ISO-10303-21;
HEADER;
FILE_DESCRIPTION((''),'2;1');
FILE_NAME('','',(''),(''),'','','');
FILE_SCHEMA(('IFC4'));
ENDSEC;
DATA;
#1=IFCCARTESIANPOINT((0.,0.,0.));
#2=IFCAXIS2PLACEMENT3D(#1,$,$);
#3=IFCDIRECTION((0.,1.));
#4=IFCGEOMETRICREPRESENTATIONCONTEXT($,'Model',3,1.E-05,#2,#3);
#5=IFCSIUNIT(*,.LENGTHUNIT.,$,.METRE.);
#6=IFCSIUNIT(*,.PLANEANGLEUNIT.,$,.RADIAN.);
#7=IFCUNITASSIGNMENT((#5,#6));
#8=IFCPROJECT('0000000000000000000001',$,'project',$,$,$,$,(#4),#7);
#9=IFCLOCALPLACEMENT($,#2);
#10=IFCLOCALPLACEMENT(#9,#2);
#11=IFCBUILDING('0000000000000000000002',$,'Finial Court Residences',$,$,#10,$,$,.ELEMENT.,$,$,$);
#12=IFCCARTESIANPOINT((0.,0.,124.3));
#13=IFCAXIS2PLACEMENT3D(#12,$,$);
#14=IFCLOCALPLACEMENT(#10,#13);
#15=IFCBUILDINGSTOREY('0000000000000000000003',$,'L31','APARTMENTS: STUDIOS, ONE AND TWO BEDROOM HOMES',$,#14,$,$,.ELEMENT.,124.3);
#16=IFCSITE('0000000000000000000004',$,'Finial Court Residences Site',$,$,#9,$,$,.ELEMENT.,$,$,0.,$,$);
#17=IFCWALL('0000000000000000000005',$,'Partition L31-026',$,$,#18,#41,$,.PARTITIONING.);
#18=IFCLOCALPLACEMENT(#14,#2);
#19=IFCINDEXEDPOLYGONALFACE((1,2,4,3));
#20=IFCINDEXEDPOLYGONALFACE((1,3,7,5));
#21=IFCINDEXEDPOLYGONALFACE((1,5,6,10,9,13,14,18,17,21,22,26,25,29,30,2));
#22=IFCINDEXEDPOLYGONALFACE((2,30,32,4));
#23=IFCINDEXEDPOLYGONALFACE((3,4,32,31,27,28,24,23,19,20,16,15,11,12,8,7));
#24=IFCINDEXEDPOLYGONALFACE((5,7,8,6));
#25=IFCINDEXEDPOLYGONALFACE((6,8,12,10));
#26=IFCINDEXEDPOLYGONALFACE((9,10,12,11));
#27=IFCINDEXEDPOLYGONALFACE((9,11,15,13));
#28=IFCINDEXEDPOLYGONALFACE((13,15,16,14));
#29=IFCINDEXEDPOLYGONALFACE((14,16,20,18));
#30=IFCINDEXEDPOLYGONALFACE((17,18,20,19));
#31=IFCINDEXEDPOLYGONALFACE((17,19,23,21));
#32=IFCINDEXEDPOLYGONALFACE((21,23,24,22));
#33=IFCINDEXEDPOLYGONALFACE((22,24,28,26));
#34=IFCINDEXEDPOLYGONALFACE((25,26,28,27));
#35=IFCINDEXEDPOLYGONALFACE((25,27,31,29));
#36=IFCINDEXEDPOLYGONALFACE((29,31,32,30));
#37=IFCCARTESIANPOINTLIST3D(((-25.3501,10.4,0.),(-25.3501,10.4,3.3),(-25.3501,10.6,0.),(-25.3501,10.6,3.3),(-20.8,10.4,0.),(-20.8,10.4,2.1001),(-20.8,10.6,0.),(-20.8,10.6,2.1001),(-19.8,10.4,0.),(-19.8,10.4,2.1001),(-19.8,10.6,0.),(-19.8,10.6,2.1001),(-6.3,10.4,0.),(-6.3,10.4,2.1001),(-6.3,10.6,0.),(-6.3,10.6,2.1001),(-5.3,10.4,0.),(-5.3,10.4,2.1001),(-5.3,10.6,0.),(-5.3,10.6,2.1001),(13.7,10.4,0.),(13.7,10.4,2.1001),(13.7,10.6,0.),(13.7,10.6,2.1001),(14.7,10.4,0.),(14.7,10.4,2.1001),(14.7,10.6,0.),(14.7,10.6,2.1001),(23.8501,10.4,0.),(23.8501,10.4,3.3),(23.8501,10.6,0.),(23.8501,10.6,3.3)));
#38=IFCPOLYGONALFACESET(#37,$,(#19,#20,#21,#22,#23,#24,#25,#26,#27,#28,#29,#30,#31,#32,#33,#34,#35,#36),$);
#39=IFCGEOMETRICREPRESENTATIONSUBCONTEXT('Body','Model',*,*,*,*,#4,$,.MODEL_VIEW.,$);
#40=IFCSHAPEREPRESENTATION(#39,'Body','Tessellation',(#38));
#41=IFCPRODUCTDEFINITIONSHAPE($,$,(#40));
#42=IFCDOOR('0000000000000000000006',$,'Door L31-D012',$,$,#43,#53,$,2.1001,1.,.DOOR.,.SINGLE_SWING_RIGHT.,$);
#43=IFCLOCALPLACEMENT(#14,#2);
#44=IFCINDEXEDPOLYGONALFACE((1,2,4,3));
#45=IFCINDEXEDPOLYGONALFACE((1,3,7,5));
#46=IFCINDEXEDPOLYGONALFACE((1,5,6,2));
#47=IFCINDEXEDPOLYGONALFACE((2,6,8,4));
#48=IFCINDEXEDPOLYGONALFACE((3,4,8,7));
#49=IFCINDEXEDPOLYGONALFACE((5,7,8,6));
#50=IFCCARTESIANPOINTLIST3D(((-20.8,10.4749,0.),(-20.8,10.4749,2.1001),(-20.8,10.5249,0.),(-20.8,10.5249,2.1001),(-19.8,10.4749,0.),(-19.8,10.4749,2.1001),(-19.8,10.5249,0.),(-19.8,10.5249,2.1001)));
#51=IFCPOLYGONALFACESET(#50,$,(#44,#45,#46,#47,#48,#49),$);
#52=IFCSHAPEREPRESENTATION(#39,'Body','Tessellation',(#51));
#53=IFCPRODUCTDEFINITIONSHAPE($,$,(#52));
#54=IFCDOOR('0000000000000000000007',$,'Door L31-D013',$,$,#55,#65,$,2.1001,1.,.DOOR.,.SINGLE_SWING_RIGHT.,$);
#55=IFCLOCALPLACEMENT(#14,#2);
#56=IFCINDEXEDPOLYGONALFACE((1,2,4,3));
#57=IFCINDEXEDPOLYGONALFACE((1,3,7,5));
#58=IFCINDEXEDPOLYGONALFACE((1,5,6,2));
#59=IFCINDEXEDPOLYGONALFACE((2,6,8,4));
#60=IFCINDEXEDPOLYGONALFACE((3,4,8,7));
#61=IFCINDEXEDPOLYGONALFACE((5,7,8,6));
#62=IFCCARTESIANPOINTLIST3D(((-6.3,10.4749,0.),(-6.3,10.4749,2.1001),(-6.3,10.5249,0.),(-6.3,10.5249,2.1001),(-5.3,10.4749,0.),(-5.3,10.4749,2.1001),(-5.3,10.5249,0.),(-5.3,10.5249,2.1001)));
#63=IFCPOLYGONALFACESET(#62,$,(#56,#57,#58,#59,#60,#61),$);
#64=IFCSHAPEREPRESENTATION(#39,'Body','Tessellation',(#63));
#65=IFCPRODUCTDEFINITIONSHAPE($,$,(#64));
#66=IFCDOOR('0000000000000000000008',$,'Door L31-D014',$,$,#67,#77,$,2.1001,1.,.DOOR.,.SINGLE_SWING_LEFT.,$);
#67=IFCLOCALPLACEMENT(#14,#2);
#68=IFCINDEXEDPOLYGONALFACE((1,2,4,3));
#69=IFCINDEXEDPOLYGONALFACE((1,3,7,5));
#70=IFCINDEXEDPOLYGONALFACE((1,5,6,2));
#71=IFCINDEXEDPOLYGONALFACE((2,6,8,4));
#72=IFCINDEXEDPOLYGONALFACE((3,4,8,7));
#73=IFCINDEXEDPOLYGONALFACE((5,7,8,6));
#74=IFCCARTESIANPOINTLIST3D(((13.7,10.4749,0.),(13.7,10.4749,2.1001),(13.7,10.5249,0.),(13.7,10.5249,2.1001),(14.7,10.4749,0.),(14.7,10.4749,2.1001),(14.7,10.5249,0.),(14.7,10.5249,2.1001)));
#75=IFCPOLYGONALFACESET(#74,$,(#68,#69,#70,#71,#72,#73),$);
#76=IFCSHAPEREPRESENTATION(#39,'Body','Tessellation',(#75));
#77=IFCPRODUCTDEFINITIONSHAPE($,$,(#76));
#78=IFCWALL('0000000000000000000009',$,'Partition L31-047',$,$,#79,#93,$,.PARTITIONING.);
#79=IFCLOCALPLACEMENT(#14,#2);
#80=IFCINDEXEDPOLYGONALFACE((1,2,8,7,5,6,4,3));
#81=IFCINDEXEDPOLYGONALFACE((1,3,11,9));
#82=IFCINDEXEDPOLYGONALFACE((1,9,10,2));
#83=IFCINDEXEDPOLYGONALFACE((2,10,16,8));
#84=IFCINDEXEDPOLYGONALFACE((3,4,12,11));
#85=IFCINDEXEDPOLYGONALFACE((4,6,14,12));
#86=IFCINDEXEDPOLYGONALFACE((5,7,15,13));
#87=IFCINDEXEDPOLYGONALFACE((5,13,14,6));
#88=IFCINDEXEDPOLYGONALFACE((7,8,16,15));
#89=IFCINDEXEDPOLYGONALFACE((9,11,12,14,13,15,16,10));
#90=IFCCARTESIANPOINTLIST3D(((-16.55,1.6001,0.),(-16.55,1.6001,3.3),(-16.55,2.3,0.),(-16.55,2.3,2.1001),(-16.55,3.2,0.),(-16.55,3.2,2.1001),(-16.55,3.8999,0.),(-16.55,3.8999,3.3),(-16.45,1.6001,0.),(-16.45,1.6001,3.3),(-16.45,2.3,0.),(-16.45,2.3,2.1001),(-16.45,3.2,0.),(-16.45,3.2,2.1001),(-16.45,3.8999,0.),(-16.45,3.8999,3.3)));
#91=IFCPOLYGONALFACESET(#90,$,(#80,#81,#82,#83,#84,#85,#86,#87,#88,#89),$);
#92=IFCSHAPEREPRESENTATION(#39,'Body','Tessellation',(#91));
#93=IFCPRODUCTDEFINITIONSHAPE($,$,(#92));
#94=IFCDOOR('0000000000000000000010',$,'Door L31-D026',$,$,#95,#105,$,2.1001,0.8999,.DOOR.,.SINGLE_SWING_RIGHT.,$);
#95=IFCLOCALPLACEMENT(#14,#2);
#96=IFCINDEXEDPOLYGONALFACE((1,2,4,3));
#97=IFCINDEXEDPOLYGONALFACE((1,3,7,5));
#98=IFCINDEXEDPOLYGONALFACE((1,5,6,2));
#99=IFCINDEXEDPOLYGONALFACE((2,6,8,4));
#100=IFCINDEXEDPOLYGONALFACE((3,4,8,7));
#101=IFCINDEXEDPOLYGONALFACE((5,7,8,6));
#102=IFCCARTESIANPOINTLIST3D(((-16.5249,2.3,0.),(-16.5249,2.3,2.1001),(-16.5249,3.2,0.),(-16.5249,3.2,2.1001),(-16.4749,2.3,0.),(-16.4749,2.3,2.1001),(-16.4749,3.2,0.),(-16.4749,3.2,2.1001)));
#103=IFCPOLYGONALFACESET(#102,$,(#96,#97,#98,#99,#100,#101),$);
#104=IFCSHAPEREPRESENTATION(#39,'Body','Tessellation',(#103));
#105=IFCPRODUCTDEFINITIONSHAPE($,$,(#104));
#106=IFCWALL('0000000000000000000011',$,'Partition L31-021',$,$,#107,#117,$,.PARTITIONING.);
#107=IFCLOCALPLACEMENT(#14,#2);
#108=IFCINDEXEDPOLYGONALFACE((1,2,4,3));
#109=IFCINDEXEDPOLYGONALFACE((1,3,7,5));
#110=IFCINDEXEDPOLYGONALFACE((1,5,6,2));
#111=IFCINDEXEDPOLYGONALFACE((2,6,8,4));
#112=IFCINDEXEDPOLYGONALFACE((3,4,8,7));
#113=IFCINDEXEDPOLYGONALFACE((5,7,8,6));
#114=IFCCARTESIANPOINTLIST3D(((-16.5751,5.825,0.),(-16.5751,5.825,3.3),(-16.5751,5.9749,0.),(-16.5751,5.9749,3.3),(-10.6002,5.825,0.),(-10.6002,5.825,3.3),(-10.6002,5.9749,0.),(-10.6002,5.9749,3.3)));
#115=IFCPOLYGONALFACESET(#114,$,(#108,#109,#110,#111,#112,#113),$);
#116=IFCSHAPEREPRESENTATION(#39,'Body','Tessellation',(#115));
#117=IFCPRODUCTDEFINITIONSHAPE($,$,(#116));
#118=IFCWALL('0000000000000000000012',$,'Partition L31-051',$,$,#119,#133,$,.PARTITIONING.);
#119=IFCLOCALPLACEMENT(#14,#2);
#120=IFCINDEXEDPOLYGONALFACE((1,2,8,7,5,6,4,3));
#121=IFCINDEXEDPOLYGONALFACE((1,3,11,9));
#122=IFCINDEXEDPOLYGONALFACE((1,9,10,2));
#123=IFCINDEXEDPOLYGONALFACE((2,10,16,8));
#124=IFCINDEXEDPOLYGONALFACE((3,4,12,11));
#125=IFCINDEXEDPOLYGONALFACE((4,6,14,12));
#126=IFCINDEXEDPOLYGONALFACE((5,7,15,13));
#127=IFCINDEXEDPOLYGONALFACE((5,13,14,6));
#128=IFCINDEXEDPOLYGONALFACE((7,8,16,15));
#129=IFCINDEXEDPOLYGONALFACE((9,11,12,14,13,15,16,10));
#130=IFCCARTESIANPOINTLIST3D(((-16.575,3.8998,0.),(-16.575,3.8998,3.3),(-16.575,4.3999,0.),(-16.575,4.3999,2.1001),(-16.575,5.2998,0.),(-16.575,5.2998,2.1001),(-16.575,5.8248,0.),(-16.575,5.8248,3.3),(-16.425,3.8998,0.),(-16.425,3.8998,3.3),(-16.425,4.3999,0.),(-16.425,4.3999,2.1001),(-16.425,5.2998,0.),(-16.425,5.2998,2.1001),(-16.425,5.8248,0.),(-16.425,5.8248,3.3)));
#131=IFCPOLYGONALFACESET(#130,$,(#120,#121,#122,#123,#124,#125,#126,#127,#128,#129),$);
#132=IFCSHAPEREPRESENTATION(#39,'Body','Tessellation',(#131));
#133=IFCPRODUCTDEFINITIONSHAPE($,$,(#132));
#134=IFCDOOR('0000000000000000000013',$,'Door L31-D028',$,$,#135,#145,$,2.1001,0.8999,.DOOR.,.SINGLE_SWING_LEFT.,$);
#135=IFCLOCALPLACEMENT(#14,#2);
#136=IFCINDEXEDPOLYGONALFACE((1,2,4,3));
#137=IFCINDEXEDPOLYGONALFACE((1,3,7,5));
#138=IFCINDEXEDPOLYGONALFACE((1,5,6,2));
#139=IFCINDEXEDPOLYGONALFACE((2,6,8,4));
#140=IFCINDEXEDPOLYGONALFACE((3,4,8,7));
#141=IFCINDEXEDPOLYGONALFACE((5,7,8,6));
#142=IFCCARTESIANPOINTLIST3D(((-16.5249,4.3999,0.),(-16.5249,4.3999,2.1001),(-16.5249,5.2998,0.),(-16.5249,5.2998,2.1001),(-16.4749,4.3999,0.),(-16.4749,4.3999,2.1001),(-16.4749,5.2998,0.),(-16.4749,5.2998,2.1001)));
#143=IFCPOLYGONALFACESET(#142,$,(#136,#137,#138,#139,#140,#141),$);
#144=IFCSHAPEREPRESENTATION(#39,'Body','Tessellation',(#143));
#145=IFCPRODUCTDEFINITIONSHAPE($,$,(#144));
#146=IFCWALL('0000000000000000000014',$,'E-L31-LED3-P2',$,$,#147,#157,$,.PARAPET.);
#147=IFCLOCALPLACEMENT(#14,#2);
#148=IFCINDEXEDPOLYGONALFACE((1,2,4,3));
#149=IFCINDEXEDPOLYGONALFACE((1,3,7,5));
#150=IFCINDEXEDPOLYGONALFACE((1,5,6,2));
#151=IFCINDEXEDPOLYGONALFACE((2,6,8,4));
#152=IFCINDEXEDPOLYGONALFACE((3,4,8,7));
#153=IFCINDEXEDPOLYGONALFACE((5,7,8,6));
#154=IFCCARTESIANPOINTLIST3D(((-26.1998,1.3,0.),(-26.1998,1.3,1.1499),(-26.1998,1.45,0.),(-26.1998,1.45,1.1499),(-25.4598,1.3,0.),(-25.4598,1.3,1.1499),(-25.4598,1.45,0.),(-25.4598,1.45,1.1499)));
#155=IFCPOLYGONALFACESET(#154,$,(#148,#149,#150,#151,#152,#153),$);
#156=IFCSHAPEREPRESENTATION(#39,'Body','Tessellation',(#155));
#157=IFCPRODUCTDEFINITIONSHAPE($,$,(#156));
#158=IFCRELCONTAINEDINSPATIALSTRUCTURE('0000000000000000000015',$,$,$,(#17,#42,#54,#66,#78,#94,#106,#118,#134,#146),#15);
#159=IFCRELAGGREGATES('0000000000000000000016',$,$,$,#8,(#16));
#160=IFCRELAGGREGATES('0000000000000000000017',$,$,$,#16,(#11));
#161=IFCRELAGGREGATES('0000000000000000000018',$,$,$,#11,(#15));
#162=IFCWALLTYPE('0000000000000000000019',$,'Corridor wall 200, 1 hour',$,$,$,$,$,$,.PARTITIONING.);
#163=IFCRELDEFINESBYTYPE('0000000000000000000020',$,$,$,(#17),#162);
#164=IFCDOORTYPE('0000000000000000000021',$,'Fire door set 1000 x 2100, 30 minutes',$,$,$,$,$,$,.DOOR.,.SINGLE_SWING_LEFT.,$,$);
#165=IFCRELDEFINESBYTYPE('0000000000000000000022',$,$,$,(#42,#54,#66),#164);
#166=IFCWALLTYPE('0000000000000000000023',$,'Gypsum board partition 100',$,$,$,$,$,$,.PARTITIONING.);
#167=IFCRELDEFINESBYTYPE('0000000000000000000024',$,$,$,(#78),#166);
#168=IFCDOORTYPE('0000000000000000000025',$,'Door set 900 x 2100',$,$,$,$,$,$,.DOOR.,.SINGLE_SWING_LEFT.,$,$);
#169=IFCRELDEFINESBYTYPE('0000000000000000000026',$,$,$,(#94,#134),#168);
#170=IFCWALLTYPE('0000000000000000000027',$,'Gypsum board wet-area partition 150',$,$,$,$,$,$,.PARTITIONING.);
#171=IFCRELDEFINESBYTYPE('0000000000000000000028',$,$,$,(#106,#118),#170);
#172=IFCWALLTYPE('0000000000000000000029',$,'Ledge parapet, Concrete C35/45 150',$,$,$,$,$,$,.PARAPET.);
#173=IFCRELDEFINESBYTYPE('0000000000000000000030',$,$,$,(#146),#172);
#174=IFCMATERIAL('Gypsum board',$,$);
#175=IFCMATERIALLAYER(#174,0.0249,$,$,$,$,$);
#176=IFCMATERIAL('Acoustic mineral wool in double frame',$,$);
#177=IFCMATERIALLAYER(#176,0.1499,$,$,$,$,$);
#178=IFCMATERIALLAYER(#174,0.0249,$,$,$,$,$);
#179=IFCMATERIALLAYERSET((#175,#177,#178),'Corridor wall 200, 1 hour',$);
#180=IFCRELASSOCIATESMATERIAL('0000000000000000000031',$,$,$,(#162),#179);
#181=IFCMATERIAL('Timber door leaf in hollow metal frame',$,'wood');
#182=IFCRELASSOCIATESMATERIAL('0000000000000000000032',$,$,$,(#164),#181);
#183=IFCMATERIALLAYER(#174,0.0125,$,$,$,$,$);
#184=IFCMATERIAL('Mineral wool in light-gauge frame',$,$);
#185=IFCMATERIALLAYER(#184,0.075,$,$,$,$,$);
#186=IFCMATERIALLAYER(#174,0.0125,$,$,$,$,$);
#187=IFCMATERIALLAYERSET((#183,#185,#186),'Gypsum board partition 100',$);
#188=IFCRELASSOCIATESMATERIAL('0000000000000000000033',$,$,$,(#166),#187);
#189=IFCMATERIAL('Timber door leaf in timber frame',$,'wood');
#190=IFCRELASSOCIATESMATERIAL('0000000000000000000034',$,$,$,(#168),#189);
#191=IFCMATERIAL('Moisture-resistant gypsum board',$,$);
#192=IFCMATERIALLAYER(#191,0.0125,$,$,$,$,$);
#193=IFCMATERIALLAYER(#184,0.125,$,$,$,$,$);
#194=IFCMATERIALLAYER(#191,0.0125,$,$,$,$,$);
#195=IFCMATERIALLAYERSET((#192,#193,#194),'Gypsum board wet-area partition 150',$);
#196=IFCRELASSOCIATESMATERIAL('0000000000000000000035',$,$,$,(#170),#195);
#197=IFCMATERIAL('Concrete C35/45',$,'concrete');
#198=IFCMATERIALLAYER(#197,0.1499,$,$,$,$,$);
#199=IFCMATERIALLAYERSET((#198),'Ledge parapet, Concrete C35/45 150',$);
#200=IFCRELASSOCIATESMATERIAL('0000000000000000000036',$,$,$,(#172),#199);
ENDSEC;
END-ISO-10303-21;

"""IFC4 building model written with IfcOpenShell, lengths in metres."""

from ifc_helpers import new_model, si_unit, direction, frame, frame_2d, origin, place, context, subcontext, project, spatial, rectangle, extrude, material, layer, layer_set, type_object, element, fill, save


model = new_model("IFC4")

# Units and contexts
model_context = context("Model", 3, precision=1e-05, world=origin(), true_north=direction((0.0, 1.0)))
body_context = subcontext(model_context, "Body", "Model", "MODEL_VIEW")
ifc_project = project(units=[si_unit("LENGTHUNIT", "METRE"), si_unit("PLANEANGLEUNIT", "RADIAN")], contexts=[model_context])

# Site, building, storey
site_placement = place(None, origin())
site = spatial("IfcSite", under=ifc_project, at=site_placement, Name="Finial Court Residences Site", CompositionType="ELEMENT", RefElevation=0.0)
building_placement = place(site_placement, origin())
building = spatial("IfcBuilding", under=site, at=building_placement, Name="Finial Court Residences", CompositionType="ELEMENT")
storey_placement = place(building_placement, frame((0.0, 0.0, 124.3)))
storey = spatial("IfcBuildingStorey", under=building, at=storey_placement, Name="L31", Description="APARTMENTS: STUDIOS, ONE AND TWO BEDROOM HOMES", CompositionType="ELEMENT", Elevation=124.3)

# Shared definitions
ifc_material_1 = material(Name="Gypsum board")
ifc_material_2 = material(Name="Acoustic mineral wool in double frame")
ifc_layer_1 = layer(ifc_material_1, 0.0249)
ifc_layer_2 = layer(ifc_material_2, 0.1499)
ifc_layer_3 = layer(ifc_material_1, 0.0249)
ifc_layer_set_1 = layer_set([ifc_layer_1, ifc_layer_2, ifc_layer_3], Name="Corridor wall 200, 1 hour")
wall_type_1 = type_object("IfcWallType", Name="Corridor wall 200, 1 hour", PredefinedType="PARTITIONING", material=ifc_layer_set_1)

# Wall, openings, doors
wall_1_placement = place(storey_placement, frame((-25.3501, 10.5, 0.0), z_axis=(0.0, 0.0, 1.0), x_axis=(1.0, 0.0, 0.0)))
wall_1 = element("IfcWall", 1, at=wall_1_placement, inside=storey, type_object=wall_type_1, Name="Partition L31-026", PredefinedType="PARTITIONING", context=body_context, shape_type="SweptSolid", body=[
    extrude(rectangle(XDim=49.2002, YDim=0.2, at=frame_2d((24.6001, 0.0))), origin(), (0.0, 0.0, 1.0), 3.3),
])
opening_1_placement = place(wall_1_placement, frame((4.55, 0.0, 0.0)))
opening_1 = element("IfcOpeningElement", 2, at=opening_1_placement, cuts=wall_1, PredefinedType="OPENING", context=body_context, shape_type="SweptSolid", body=[
    extrude(rectangle(XDim=1.0, YDim=2.1001, at=frame_2d((0.5, 1.05))), frame((0.0, 0.1099, 0.0), z_axis=(0.0, -1.0, 0.0), x_axis=(1.0, 0.0, 0.0)), (0.0, 0.0, 1.0), 0.22),
])
opening_2_placement = place(wall_1_placement, frame((19.05, 0.0, 0.0)))
opening_2 = element("IfcOpeningElement", 3, at=opening_2_placement, cuts=wall_1, PredefinedType="OPENING", context=body_context, shape_type="SweptSolid", body=[
    extrude(rectangle(XDim=1.0, YDim=2.1001, at=frame_2d((0.5, 1.05))), frame((0.0, 0.1099, 0.0), z_axis=(0.0, -1.0, 0.0), x_axis=(1.0, 0.0, 0.0)), (0.0, 0.0, 1.0), 0.22),
])
opening_3_placement = place(wall_1_placement, frame((39.05, 0.0, 0.0)))
opening_3 = element("IfcOpeningElement", 4, at=opening_3_placement, cuts=wall_1, PredefinedType="OPENING", context=body_context, shape_type="SweptSolid", body=[
    extrude(rectangle(XDim=1.0, YDim=2.1001, at=frame_2d((0.5, 1.05))), frame((0.0, 0.1099, 0.0), z_axis=(0.0, -1.0, 0.0), x_axis=(1.0, 0.0, 0.0)), (0.0, 0.0, 1.0), 0.22),
])
ifc_material_3 = material(Name="Timber door leaf in hollow metal frame", Category="wood")
door_type_1 = type_object("IfcDoorType", Name="Fire door set 1000 x 2100, 30 minutes", OperationType="SINGLE_SWING_LEFT", PredefinedType="DOOR", material=ifc_material_3)
door_1_placement = place(opening_1_placement, origin())
door_1 = element("IfcDoor", 5, at=door_1_placement, inside=storey, type_object=door_type_1, Name="Door L31-D012", OperationType="SINGLE_SWING_RIGHT", OverallHeight=2.1001, OverallWidth=1.0, PredefinedType="DOOR", context=body_context, shape_type="SweptSolid", body=[
    extrude(rectangle(XDim=1.0, YDim=2.1001, at=frame_2d((0.5, 1.05))), frame((0.0, 0.0249, 0.0), z_axis=(0.0, -1.0, 0.0), x_axis=(1.0, 0.0, 0.0)), (0.0, 0.0, 1.0), 0.05),
])
fill(opening_1, door_1)
door_2_placement = place(opening_2_placement, origin())
door_2 = element("IfcDoor", 6, at=door_2_placement, inside=storey, type_object=door_type_1, Name="Door L31-D013", OperationType="SINGLE_SWING_RIGHT", OverallHeight=2.1001, OverallWidth=1.0, PredefinedType="DOOR", context=body_context, shape_type="SweptSolid", body=[
    extrude(rectangle(XDim=1.0, YDim=2.1001, at=frame_2d((0.5, 1.05))), frame((0.0, 0.0249, 0.0), z_axis=(0.0, -1.0, 0.0), x_axis=(1.0, 0.0, 0.0)), (0.0, 0.0, 1.0), 0.05),
])
fill(opening_2, door_2)
door_3_placement = place(opening_3_placement, origin())
door_3 = element("IfcDoor", 7, at=door_3_placement, inside=storey, type_object=door_type_1, Name="Door L31-D014", OperationType="SINGLE_SWING_LEFT", OverallHeight=2.1001, OverallWidth=1.0, PredefinedType="DOOR", context=body_context, shape_type="SweptSolid", body=[
    extrude(rectangle(XDim=1.0, YDim=2.1001, at=frame_2d((0.5, 1.05))), frame((0.0, 0.0249, 0.0), z_axis=(0.0, -1.0, 0.0), x_axis=(1.0, 0.0, 0.0)), (0.0, 0.0, 1.0), 0.05),
])
fill(opening_3, door_3)

# Wall, opening, door
ifc_layer_4 = layer(ifc_material_1, 0.0125)
ifc_material_4 = material(Name="Mineral wool in light-gauge frame")
ifc_layer_5 = layer(ifc_material_4, 0.075)
ifc_layer_6 = layer(ifc_material_1, 0.0125)
ifc_layer_set_2 = layer_set([ifc_layer_4, ifc_layer_5, ifc_layer_6], Name="Gypsum board partition 100")
wall_type_2 = type_object("IfcWallType", Name="Gypsum board partition 100", PredefinedType="PARTITIONING", material=ifc_layer_set_2)
wall_2_placement = place(storey_placement, frame((-16.5, 1.6001, 0.0), z_axis=(0.0, 0.0, 1.0), x_axis=(0.0, 1.0, 0.0)))
wall_2 = element("IfcWall", 8, at=wall_2_placement, inside=storey, type_object=wall_type_2, Name="Partition L31-047", PredefinedType="PARTITIONING", context=body_context, shape_type="SweptSolid", body=[
    extrude(rectangle(XDim=2.2998, YDim=0.1001, at=frame_2d((1.1499, 0.0))), origin(), (0.0, 0.0, 1.0), 3.3),
])
opening_4_placement = place(wall_2_placement, frame((0.7, 0.0, 0.0)))
opening_4 = element("IfcOpeningElement", 9, at=opening_4_placement, cuts=wall_2, PredefinedType="OPENING", context=body_context, shape_type="SweptSolid", body=[
    extrude(rectangle(XDim=0.8999, YDim=2.1001, at=frame_2d((0.45, 1.05))), frame((0.0, 0.0601, 0.0), z_axis=(0.0, -1.0, 0.0), x_axis=(1.0, 0.0, 0.0)), (0.0, 0.0, 1.0), 0.1201),
])
ifc_material_5 = material(Name="Timber door leaf in timber frame", Category="wood")
door_type_2 = type_object("IfcDoorType", Name="Door set 900 x 2100", OperationType="SINGLE_SWING_LEFT", PredefinedType="DOOR", material=ifc_material_5)
door_4_placement = place(opening_4_placement, origin())
door_4 = element("IfcDoor", 10, at=door_4_placement, inside=storey, type_object=door_type_2, Name="Door L31-D026", OperationType="SINGLE_SWING_RIGHT", OverallHeight=2.1001, OverallWidth=0.8999, PredefinedType="DOOR", context=body_context, shape_type="SweptSolid", body=[
    extrude(rectangle(XDim=0.8999, YDim=2.1001, at=frame_2d((0.45, 1.05))), frame((0.0, 0.0249, 0.0), z_axis=(0.0, -1.0, 0.0), x_axis=(1.0, 0.0, 0.0)), (0.0, 0.0, 1.0), 0.05),
])
fill(opening_4, door_4)

# Wall
ifc_material_6 = material(Name="Moisture-resistant gypsum board")
ifc_layer_7 = layer(ifc_material_6, 0.0125)
ifc_layer_8 = layer(ifc_material_4, 0.125)
ifc_layer_9 = layer(ifc_material_6, 0.0125)
ifc_layer_set_3 = layer_set([ifc_layer_7, ifc_layer_8, ifc_layer_9], Name="Gypsum board wet-area partition 150")
wall_type_3 = type_object("IfcWallType", Name="Gypsum board wet-area partition 150", PredefinedType="PARTITIONING", material=ifc_layer_set_3)
wall_3_placement = place(storey_placement, frame((-16.575, 5.8999, 0.0), z_axis=(0.0, 0.0, 1.0), x_axis=(1.0, 0.0, 0.0)))
element("IfcWall", 11, at=wall_3_placement, inside=storey, type_object=wall_type_3, Name="Partition L31-021", PredefinedType="PARTITIONING", context=body_context, shape_type="SweptSolid", body=[
    extrude(rectangle(XDim=5.9749, YDim=0.1499, at=frame_2d((2.9873, 0.0))), origin(), (0.0, 0.0, 1.0), 3.3),
])

# Wall, opening, door
wall_4_placement = place(storey_placement, frame((-16.5, 3.8999, 0.0), z_axis=(0.0, 0.0, 1.0), x_axis=(0.0, 1.0, 0.0)))
wall_4 = element("IfcWall", 12, at=wall_4_placement, inside=storey, type_object=wall_type_3, Name="Partition L31-051", PredefinedType="PARTITIONING", context=body_context, shape_type="SweptSolid", body=[
    extrude(rectangle(XDim=1.925, YDim=0.1499, at=frame_2d((0.9624, 0.0))), origin(), (0.0, 0.0, 1.0), 3.3),
])
opening_5_placement = place(wall_4_placement, frame((0.5, 0.0, 0.0)))
opening_5 = element("IfcOpeningElement", 13, at=opening_5_placement, cuts=wall_4, PredefinedType="OPENING", context=body_context, shape_type="SweptSolid", body=[
    extrude(rectangle(XDim=0.8999, YDim=2.1001, at=frame_2d((0.45, 1.05))), frame((0.0, 0.085, 0.0), z_axis=(0.0, -1.0, 0.0), x_axis=(1.0, 0.0, 0.0)), (0.0, 0.0, 1.0), 0.1699),
])
door_5_placement = place(opening_5_placement, origin())
door_5 = element("IfcDoor", 14, at=door_5_placement, inside=storey, type_object=door_type_2, Name="Door L31-D028", OperationType="SINGLE_SWING_LEFT", OverallHeight=2.1001, OverallWidth=0.8999, PredefinedType="DOOR", context=body_context, shape_type="SweptSolid", body=[
    extrude(rectangle(XDim=0.8999, YDim=2.1001, at=frame_2d((0.45, 1.05))), frame((0.0, 0.0249, 0.0), z_axis=(0.0, -1.0, 0.0), x_axis=(1.0, 0.0, 0.0)), (0.0, 0.0, 1.0), 0.05),
])
fill(opening_5, door_5)

# Wall
ifc_material_7 = material(Name="Concrete C35/45", Category="concrete")
ifc_layer_10 = layer(ifc_material_7, 0.1499)
ifc_layer_set_4 = layer_set([ifc_layer_10], Name="Ledge parapet, Concrete C35/45 150")
wall_type_4 = type_object("IfcWallType", Name="Ledge parapet, Concrete C35/45 150", PredefinedType="PARAPET", material=ifc_layer_set_4)
wall_5_placement = place(storey_placement, frame((-26.2, 1.375, 0.0), z_axis=(0.0, 0.0, 1.0), x_axis=(1.0, 0.0, 0.0)))
element("IfcWall", 15, at=wall_5_placement, inside=storey, type_object=wall_type_4, Name="E-L31-LED3-P2", PredefinedType="PARAPET", context=body_context, shape_type="SweptSolid", body=[
    extrude(rectangle(XDim=0.74, YDim=0.1499, at=frame_2d((0.3701, 0.0))), origin(), (0.0, 0.0, 1.0), 1.1499),
])

save(model, "model.ifc")
